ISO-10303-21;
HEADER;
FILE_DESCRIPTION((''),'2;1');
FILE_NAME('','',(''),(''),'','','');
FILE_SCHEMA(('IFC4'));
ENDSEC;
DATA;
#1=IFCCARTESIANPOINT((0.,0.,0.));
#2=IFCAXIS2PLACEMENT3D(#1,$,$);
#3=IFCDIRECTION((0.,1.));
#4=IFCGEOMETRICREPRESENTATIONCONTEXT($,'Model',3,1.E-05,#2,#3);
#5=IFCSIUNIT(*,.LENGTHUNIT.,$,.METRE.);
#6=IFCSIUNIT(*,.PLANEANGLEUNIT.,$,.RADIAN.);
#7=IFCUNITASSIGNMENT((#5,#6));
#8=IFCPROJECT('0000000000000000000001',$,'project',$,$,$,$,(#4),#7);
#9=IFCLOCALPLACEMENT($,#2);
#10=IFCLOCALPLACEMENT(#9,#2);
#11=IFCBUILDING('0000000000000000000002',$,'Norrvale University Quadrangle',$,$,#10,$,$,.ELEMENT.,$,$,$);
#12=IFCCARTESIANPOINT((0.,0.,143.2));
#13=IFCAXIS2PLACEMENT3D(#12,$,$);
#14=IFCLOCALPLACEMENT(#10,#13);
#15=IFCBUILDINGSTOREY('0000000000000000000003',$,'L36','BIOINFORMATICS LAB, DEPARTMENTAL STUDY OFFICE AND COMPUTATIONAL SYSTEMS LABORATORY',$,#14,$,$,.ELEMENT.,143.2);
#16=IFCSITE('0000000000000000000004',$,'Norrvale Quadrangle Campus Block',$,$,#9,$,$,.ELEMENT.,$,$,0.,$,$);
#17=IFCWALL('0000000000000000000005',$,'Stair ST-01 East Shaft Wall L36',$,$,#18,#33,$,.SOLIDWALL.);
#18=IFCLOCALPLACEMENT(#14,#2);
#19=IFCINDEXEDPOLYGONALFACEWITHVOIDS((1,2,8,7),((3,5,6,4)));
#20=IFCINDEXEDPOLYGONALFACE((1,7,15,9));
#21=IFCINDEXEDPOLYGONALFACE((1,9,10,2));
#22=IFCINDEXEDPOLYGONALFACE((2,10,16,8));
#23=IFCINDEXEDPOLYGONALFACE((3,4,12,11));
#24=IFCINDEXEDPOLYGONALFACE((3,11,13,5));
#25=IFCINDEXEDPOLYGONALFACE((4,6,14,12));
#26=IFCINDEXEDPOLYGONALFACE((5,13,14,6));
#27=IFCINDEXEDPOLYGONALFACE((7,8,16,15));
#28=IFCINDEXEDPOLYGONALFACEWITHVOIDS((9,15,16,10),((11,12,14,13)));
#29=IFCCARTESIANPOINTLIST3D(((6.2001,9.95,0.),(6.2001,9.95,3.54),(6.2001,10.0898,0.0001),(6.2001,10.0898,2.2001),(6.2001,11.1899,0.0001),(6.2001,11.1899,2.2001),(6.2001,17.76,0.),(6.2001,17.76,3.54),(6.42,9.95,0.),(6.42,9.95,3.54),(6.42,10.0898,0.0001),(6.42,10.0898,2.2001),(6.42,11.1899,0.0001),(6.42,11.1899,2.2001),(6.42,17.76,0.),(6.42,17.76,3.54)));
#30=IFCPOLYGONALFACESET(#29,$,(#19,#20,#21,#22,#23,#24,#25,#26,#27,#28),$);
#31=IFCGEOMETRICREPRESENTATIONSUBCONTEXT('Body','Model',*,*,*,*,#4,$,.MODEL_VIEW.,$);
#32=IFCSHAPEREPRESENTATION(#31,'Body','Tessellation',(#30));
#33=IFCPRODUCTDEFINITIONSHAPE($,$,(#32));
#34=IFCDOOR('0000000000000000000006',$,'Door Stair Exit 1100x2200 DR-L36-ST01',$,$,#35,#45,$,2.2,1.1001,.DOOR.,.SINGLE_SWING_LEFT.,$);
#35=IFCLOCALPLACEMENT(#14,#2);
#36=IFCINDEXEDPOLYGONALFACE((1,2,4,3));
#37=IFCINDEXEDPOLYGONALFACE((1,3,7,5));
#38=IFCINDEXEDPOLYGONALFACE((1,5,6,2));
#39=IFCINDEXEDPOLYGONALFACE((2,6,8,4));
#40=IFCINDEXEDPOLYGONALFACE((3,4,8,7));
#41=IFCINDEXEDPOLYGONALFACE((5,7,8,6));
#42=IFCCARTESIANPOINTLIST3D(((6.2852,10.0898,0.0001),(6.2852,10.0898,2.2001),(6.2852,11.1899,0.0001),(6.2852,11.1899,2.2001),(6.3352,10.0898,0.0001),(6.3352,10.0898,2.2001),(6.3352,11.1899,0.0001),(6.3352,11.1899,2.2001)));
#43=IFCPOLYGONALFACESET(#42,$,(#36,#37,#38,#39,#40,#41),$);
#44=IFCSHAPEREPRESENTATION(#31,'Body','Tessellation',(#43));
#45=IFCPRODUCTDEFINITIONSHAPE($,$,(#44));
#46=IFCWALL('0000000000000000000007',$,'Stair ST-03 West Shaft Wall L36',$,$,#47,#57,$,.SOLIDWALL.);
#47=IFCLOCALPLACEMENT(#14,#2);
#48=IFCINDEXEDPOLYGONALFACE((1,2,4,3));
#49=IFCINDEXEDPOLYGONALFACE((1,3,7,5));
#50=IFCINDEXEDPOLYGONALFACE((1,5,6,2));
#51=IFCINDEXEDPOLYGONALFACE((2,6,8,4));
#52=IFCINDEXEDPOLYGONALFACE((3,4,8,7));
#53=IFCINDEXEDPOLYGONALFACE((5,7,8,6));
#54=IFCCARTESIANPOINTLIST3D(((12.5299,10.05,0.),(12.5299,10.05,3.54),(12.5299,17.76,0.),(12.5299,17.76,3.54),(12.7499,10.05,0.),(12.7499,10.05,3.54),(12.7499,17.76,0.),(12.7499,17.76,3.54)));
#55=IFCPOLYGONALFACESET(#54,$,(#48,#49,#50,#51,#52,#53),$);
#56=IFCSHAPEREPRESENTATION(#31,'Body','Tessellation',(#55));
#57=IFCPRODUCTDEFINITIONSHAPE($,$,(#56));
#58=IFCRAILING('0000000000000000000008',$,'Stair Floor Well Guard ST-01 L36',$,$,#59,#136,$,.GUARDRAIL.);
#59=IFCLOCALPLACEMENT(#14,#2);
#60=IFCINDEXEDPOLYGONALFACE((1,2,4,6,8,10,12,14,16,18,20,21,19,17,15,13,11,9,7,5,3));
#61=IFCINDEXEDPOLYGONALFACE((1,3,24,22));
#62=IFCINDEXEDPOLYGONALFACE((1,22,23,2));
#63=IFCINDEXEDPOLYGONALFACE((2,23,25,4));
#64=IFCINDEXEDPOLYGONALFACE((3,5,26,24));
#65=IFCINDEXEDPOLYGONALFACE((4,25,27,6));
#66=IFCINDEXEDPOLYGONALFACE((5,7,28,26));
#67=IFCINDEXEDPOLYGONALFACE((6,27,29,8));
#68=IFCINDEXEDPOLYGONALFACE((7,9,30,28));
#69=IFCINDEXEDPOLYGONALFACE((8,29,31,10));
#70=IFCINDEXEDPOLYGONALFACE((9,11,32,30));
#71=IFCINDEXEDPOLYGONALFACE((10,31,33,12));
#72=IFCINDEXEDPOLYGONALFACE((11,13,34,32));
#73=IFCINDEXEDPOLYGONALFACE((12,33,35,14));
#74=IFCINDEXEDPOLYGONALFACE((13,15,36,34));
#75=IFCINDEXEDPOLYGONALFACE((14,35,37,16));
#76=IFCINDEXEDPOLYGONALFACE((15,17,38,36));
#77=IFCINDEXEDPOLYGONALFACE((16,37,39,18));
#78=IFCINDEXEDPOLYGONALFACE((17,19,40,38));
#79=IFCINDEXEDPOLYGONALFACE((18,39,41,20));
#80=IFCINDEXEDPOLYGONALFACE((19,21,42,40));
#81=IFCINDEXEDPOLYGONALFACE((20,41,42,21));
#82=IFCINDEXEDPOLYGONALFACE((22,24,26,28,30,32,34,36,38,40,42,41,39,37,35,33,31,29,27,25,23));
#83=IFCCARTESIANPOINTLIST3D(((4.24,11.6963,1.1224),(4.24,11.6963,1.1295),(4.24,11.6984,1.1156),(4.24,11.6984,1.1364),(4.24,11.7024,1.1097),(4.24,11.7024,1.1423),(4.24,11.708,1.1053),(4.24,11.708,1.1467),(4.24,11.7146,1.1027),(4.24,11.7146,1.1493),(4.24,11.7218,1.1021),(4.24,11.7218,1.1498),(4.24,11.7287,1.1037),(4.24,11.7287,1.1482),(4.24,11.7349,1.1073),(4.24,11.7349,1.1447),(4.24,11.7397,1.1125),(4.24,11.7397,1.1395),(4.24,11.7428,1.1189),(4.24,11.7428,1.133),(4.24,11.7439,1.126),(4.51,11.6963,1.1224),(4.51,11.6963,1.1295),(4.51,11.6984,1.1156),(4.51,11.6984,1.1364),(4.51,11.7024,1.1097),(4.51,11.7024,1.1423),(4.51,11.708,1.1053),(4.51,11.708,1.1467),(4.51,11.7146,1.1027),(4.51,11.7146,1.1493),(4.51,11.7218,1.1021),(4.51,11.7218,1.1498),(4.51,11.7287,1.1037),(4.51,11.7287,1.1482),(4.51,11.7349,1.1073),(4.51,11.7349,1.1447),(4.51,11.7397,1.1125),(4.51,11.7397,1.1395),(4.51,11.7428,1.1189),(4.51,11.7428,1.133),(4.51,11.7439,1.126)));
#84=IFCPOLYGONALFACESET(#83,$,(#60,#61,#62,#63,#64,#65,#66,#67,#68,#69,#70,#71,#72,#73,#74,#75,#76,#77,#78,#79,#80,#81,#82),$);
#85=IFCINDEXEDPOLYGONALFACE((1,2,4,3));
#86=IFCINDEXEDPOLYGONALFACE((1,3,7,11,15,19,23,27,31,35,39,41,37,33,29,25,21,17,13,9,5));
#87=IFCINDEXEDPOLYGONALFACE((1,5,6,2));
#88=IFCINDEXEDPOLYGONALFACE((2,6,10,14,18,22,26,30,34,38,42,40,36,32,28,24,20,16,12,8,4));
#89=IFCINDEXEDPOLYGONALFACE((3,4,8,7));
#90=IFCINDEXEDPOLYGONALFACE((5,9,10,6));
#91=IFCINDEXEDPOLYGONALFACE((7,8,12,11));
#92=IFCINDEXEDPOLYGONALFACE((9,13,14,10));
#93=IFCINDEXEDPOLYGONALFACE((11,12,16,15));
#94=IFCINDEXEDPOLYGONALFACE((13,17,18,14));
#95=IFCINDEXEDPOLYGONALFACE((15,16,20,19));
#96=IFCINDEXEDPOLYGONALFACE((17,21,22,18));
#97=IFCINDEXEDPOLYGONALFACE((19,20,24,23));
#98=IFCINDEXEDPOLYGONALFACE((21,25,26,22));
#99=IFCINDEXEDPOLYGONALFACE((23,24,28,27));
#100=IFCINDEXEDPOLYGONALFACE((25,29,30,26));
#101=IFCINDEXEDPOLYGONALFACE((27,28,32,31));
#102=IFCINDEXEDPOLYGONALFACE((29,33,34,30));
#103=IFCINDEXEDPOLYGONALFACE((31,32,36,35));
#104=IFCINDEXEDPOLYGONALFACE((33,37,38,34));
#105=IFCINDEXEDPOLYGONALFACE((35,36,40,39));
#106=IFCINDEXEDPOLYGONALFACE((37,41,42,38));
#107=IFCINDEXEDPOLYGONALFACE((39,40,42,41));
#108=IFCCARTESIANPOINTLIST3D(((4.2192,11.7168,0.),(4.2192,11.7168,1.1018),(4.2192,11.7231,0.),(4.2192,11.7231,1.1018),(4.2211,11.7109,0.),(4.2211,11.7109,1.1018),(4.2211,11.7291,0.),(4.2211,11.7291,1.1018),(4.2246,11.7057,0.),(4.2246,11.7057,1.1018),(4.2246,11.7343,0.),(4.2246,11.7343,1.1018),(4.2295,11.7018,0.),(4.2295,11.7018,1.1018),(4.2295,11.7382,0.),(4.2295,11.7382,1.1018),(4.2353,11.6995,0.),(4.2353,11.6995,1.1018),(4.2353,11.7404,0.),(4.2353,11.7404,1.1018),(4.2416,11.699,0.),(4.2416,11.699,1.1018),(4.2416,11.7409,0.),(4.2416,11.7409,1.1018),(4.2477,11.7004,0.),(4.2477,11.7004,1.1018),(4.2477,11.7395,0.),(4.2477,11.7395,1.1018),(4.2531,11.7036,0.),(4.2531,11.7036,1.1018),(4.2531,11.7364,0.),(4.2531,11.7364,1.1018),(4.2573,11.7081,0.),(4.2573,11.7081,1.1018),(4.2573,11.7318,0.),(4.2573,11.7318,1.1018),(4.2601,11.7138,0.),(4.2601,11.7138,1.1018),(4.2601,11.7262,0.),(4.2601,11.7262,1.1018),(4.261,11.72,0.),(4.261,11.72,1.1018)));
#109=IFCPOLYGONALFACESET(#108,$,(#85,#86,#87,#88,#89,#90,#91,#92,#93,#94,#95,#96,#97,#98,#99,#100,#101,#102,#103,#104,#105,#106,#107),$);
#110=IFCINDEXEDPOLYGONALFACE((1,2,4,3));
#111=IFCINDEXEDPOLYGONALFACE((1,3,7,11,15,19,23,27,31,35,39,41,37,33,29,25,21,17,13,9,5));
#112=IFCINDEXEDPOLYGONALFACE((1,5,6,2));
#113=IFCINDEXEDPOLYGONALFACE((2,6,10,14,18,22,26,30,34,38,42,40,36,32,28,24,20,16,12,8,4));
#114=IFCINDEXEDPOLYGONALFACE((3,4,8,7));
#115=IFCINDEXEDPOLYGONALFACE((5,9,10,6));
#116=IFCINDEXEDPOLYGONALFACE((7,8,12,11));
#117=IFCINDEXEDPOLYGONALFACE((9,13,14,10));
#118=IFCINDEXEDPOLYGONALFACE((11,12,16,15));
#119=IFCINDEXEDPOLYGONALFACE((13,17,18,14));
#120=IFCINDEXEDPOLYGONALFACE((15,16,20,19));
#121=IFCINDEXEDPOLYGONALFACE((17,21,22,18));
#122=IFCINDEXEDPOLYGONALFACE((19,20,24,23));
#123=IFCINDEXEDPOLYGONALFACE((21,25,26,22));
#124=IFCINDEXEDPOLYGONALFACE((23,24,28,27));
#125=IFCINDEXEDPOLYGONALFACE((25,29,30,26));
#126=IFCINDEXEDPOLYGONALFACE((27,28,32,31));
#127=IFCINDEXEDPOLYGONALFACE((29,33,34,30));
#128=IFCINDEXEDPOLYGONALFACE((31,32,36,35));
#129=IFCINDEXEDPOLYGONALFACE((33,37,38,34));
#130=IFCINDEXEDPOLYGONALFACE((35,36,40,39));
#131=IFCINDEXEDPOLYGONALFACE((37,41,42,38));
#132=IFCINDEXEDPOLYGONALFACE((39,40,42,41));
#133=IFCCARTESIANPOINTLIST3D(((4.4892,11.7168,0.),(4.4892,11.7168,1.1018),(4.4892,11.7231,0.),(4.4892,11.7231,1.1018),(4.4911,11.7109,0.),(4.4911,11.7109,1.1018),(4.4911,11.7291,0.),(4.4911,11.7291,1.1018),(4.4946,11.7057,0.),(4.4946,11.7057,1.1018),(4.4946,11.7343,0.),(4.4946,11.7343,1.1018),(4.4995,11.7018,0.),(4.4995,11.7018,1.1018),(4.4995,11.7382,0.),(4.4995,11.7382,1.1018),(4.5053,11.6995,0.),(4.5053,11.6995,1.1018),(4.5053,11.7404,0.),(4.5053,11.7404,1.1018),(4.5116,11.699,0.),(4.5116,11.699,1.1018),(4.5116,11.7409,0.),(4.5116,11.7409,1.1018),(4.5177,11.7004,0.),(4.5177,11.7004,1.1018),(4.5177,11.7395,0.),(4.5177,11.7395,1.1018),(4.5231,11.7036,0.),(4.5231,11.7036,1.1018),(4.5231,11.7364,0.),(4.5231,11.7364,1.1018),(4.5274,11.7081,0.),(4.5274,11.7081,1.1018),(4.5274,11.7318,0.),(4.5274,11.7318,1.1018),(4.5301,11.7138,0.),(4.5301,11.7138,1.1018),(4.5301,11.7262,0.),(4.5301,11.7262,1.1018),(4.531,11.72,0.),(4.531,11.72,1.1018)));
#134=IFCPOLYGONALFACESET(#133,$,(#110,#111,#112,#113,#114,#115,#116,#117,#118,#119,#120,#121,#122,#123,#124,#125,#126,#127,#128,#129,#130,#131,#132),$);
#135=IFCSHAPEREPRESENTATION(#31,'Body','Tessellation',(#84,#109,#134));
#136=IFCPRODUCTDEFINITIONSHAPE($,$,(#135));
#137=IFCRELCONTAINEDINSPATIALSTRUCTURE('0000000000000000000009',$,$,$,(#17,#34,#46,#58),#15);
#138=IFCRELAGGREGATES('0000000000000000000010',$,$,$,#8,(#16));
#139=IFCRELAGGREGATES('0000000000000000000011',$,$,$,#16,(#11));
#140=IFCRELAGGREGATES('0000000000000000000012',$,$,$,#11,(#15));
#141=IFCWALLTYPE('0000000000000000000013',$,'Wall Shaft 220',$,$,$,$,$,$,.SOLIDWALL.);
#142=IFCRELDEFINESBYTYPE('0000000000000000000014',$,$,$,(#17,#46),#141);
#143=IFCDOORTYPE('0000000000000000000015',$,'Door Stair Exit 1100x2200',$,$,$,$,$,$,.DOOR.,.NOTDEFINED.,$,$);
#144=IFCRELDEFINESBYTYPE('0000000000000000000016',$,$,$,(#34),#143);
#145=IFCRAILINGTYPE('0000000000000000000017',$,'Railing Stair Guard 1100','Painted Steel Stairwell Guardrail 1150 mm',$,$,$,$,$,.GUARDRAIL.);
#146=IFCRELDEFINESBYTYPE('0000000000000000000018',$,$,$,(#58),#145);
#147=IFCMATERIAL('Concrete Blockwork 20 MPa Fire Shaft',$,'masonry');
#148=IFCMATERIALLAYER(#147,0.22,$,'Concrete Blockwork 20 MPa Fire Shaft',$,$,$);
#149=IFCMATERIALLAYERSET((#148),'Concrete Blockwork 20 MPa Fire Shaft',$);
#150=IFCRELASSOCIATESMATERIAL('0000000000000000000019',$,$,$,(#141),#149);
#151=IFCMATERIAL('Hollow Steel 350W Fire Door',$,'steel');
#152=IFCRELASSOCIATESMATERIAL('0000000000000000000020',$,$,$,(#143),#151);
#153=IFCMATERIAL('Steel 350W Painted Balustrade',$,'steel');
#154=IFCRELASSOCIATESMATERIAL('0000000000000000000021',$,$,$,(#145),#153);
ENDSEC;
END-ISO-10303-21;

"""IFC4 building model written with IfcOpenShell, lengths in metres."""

from ifc_helpers import new_model, si_unit, direction, frame, frame_2d, origin, origin_2d, place, context, subcontext, project, spatial, rectangle, circle, extrude, material, layer, layer_set, type_object, element, fill, save


model = new_model("IFC4")

# Units and contexts
model_context = context("Model", 3, precision=1e-05, world=origin(), true_north=direction((0.0, 1.0)))
body_context = subcontext(model_context, "Body", "Model", "MODEL_VIEW")
ifc_project = project(units=[si_unit("LENGTHUNIT", "METRE"), si_unit("PLANEANGLEUNIT", "RADIAN")], contexts=[model_context])

# Site, building, storey
site_placement = place(None, origin())
site = spatial("IfcSite", under=ifc_project, at=site_placement, Name="Norrvale Quadrangle Campus Block", CompositionType="ELEMENT", RefElevation=0.0)
building_placement = place(site_placement, origin())
building = spatial("IfcBuilding", under=site, at=building_placement, Name="Norrvale University Quadrangle", CompositionType="ELEMENT")
storey_placement = place(building_placement, frame((0.0, 0.0, 143.2)))
storey = spatial("IfcBuildingStorey", under=building, at=storey_placement, Name="L36", Description="BIOINFORMATICS LAB, DEPARTMENTAL STUDY OFFICE AND COMPUTATIONAL SYSTEMS LABORATORY", CompositionType="ELEMENT", Elevation=143.2)

# Wall, opening, door
ifc_material_1 = material(Name="Concrete Blockwork 20 MPa Fire Shaft", Category="masonry")
ifc_layer_1 = layer(ifc_material_1, 0.22, Name="Concrete Blockwork 20 MPa Fire Shaft")
ifc_layer_set_1 = layer_set([ifc_layer_1], Name="Concrete Blockwork 20 MPa Fire Shaft")
wall_type_1 = type_object("IfcWallType", Name="Wall Shaft 220", PredefinedType="SOLIDWALL", material=ifc_layer_set_1)
wall_1_placement = place(storey_placement, frame((6.3101, 9.95, 0.0), z_axis=(0.0, 0.0, 1.0), x_axis=(0.0, 1.0, 0.0)))
wall_1 = element("IfcWall", 1, at=wall_1_placement, inside=storey, type_object=wall_type_1, Name="Stair ST-01 East Shaft Wall L36", PredefinedType="SOLIDWALL", context=body_context, shape_type="SweptSolid", body=[
    extrude(rectangle(XDim=7.8101, YDim=0.22, at=frame_2d((3.905, 0.0))), origin(), (0.0, 0.0, 1.0), 3.54),
])
opening_1_placement = place(wall_1_placement, frame((0.1399, 0.0, 0.0)))
opening_1 = element("IfcOpeningElement", 2, at=opening_1_placement, cuts=wall_1, PredefinedType="OPENING", context=body_context, shape_type="SweptSolid", body=[
    extrude(rectangle(XDim=1.1001, YDim=2.2, at=frame_2d((0.55, 1.1001))), frame((0.0, 0.1221, 0.0), z_axis=(0.0, -1.0, 0.0), x_axis=(1.0, 0.0, 0.0)), (0.0, 0.0, 1.0), 0.2439),
])
ifc_material_2 = material(Name="Hollow Steel 350W Fire Door", Category="steel")
door_type_1 = type_object("IfcDoorType", Name="Door Stair Exit 1100x2200", OperationType="NOTDEFINED", PredefinedType="DOOR", material=ifc_material_2)
door_1_placement = place(opening_1_placement, origin())
door_1 = element("IfcDoor", 3, at=door_1_placement, inside=storey, type_object=door_type_1, Name="Door Stair Exit 1100x2200 DR-L36-ST01", OperationType="SINGLE_SWING_LEFT", OverallHeight=2.2, OverallWidth=1.1001, PredefinedType="DOOR", context=body_context, shape_type="SweptSolid", body=[
    extrude(rectangle(XDim=1.1001, YDim=2.2, at=frame_2d((0.55, 1.1001))), frame((0.0, 0.0249, 0.0), z_axis=(0.0, -1.0, 0.0), x_axis=(1.0, 0.0, 0.0)), (0.0, 0.0, 1.0), 0.05),
])
fill(opening_1, door_1)

# Wall
wall_2_placement = place(storey_placement, frame((12.6399, 10.05, 0.0), z_axis=(0.0, 0.0, 1.0), x_axis=(0.0, 1.0, 0.0)))
element("IfcWall", 4, at=wall_2_placement, inside=storey, type_object=wall_type_1, Name="Stair ST-03 West Shaft Wall L36", PredefinedType="SOLIDWALL", context=body_context, shape_type="SweptSolid", body=[
    extrude(rectangle(XDim=7.71, YDim=0.22, at=frame_2d((3.855, 0.0))), origin(), (0.0, 0.0, 1.0), 3.54),
])

# Railing
ifc_material_3 = material(Name="Steel 350W Painted Balustrade", Category="steel")
railing_type = type_object("IfcRailingType", Name="Railing Stair Guard 1100", Description="Painted Steel Stairwell Guardrail 1150 mm", PredefinedType="GUARDRAIL", material=ifc_material_3)
for number, where, name in (
    (5, (4.24, 11.72, 0.0), "Stair Floor Well Guard ST-01 L36"),
):
    element("IfcRailing", number, at=place(storey_placement, frame(where)), inside=storey, type_object=railing_type, Name=name, PredefinedType="GUARDRAIL", context=body_context, shape_type="SweptSolid", body=[
        extrude(circle(Radius=0.0239, at=origin_2d()), frame((0.0, 0.0, 1.126), z_axis=(1.0, 0.0, 0.0), x_axis=(0.0, 1.0, 0.0)), (0.0, 0.0, 1.0), 0.27),
        extrude(circle(Radius=0.021, at=origin_2d()), origin(), (0.0, 0.0, 1.0), 1.1018),
        extrude(circle(Radius=0.021, at=origin_2d()), frame((0.27, 0.0, 0.0)), (0.0, 0.0, 1.0), 1.1018),
    ])

save(model, "model.ifc")
